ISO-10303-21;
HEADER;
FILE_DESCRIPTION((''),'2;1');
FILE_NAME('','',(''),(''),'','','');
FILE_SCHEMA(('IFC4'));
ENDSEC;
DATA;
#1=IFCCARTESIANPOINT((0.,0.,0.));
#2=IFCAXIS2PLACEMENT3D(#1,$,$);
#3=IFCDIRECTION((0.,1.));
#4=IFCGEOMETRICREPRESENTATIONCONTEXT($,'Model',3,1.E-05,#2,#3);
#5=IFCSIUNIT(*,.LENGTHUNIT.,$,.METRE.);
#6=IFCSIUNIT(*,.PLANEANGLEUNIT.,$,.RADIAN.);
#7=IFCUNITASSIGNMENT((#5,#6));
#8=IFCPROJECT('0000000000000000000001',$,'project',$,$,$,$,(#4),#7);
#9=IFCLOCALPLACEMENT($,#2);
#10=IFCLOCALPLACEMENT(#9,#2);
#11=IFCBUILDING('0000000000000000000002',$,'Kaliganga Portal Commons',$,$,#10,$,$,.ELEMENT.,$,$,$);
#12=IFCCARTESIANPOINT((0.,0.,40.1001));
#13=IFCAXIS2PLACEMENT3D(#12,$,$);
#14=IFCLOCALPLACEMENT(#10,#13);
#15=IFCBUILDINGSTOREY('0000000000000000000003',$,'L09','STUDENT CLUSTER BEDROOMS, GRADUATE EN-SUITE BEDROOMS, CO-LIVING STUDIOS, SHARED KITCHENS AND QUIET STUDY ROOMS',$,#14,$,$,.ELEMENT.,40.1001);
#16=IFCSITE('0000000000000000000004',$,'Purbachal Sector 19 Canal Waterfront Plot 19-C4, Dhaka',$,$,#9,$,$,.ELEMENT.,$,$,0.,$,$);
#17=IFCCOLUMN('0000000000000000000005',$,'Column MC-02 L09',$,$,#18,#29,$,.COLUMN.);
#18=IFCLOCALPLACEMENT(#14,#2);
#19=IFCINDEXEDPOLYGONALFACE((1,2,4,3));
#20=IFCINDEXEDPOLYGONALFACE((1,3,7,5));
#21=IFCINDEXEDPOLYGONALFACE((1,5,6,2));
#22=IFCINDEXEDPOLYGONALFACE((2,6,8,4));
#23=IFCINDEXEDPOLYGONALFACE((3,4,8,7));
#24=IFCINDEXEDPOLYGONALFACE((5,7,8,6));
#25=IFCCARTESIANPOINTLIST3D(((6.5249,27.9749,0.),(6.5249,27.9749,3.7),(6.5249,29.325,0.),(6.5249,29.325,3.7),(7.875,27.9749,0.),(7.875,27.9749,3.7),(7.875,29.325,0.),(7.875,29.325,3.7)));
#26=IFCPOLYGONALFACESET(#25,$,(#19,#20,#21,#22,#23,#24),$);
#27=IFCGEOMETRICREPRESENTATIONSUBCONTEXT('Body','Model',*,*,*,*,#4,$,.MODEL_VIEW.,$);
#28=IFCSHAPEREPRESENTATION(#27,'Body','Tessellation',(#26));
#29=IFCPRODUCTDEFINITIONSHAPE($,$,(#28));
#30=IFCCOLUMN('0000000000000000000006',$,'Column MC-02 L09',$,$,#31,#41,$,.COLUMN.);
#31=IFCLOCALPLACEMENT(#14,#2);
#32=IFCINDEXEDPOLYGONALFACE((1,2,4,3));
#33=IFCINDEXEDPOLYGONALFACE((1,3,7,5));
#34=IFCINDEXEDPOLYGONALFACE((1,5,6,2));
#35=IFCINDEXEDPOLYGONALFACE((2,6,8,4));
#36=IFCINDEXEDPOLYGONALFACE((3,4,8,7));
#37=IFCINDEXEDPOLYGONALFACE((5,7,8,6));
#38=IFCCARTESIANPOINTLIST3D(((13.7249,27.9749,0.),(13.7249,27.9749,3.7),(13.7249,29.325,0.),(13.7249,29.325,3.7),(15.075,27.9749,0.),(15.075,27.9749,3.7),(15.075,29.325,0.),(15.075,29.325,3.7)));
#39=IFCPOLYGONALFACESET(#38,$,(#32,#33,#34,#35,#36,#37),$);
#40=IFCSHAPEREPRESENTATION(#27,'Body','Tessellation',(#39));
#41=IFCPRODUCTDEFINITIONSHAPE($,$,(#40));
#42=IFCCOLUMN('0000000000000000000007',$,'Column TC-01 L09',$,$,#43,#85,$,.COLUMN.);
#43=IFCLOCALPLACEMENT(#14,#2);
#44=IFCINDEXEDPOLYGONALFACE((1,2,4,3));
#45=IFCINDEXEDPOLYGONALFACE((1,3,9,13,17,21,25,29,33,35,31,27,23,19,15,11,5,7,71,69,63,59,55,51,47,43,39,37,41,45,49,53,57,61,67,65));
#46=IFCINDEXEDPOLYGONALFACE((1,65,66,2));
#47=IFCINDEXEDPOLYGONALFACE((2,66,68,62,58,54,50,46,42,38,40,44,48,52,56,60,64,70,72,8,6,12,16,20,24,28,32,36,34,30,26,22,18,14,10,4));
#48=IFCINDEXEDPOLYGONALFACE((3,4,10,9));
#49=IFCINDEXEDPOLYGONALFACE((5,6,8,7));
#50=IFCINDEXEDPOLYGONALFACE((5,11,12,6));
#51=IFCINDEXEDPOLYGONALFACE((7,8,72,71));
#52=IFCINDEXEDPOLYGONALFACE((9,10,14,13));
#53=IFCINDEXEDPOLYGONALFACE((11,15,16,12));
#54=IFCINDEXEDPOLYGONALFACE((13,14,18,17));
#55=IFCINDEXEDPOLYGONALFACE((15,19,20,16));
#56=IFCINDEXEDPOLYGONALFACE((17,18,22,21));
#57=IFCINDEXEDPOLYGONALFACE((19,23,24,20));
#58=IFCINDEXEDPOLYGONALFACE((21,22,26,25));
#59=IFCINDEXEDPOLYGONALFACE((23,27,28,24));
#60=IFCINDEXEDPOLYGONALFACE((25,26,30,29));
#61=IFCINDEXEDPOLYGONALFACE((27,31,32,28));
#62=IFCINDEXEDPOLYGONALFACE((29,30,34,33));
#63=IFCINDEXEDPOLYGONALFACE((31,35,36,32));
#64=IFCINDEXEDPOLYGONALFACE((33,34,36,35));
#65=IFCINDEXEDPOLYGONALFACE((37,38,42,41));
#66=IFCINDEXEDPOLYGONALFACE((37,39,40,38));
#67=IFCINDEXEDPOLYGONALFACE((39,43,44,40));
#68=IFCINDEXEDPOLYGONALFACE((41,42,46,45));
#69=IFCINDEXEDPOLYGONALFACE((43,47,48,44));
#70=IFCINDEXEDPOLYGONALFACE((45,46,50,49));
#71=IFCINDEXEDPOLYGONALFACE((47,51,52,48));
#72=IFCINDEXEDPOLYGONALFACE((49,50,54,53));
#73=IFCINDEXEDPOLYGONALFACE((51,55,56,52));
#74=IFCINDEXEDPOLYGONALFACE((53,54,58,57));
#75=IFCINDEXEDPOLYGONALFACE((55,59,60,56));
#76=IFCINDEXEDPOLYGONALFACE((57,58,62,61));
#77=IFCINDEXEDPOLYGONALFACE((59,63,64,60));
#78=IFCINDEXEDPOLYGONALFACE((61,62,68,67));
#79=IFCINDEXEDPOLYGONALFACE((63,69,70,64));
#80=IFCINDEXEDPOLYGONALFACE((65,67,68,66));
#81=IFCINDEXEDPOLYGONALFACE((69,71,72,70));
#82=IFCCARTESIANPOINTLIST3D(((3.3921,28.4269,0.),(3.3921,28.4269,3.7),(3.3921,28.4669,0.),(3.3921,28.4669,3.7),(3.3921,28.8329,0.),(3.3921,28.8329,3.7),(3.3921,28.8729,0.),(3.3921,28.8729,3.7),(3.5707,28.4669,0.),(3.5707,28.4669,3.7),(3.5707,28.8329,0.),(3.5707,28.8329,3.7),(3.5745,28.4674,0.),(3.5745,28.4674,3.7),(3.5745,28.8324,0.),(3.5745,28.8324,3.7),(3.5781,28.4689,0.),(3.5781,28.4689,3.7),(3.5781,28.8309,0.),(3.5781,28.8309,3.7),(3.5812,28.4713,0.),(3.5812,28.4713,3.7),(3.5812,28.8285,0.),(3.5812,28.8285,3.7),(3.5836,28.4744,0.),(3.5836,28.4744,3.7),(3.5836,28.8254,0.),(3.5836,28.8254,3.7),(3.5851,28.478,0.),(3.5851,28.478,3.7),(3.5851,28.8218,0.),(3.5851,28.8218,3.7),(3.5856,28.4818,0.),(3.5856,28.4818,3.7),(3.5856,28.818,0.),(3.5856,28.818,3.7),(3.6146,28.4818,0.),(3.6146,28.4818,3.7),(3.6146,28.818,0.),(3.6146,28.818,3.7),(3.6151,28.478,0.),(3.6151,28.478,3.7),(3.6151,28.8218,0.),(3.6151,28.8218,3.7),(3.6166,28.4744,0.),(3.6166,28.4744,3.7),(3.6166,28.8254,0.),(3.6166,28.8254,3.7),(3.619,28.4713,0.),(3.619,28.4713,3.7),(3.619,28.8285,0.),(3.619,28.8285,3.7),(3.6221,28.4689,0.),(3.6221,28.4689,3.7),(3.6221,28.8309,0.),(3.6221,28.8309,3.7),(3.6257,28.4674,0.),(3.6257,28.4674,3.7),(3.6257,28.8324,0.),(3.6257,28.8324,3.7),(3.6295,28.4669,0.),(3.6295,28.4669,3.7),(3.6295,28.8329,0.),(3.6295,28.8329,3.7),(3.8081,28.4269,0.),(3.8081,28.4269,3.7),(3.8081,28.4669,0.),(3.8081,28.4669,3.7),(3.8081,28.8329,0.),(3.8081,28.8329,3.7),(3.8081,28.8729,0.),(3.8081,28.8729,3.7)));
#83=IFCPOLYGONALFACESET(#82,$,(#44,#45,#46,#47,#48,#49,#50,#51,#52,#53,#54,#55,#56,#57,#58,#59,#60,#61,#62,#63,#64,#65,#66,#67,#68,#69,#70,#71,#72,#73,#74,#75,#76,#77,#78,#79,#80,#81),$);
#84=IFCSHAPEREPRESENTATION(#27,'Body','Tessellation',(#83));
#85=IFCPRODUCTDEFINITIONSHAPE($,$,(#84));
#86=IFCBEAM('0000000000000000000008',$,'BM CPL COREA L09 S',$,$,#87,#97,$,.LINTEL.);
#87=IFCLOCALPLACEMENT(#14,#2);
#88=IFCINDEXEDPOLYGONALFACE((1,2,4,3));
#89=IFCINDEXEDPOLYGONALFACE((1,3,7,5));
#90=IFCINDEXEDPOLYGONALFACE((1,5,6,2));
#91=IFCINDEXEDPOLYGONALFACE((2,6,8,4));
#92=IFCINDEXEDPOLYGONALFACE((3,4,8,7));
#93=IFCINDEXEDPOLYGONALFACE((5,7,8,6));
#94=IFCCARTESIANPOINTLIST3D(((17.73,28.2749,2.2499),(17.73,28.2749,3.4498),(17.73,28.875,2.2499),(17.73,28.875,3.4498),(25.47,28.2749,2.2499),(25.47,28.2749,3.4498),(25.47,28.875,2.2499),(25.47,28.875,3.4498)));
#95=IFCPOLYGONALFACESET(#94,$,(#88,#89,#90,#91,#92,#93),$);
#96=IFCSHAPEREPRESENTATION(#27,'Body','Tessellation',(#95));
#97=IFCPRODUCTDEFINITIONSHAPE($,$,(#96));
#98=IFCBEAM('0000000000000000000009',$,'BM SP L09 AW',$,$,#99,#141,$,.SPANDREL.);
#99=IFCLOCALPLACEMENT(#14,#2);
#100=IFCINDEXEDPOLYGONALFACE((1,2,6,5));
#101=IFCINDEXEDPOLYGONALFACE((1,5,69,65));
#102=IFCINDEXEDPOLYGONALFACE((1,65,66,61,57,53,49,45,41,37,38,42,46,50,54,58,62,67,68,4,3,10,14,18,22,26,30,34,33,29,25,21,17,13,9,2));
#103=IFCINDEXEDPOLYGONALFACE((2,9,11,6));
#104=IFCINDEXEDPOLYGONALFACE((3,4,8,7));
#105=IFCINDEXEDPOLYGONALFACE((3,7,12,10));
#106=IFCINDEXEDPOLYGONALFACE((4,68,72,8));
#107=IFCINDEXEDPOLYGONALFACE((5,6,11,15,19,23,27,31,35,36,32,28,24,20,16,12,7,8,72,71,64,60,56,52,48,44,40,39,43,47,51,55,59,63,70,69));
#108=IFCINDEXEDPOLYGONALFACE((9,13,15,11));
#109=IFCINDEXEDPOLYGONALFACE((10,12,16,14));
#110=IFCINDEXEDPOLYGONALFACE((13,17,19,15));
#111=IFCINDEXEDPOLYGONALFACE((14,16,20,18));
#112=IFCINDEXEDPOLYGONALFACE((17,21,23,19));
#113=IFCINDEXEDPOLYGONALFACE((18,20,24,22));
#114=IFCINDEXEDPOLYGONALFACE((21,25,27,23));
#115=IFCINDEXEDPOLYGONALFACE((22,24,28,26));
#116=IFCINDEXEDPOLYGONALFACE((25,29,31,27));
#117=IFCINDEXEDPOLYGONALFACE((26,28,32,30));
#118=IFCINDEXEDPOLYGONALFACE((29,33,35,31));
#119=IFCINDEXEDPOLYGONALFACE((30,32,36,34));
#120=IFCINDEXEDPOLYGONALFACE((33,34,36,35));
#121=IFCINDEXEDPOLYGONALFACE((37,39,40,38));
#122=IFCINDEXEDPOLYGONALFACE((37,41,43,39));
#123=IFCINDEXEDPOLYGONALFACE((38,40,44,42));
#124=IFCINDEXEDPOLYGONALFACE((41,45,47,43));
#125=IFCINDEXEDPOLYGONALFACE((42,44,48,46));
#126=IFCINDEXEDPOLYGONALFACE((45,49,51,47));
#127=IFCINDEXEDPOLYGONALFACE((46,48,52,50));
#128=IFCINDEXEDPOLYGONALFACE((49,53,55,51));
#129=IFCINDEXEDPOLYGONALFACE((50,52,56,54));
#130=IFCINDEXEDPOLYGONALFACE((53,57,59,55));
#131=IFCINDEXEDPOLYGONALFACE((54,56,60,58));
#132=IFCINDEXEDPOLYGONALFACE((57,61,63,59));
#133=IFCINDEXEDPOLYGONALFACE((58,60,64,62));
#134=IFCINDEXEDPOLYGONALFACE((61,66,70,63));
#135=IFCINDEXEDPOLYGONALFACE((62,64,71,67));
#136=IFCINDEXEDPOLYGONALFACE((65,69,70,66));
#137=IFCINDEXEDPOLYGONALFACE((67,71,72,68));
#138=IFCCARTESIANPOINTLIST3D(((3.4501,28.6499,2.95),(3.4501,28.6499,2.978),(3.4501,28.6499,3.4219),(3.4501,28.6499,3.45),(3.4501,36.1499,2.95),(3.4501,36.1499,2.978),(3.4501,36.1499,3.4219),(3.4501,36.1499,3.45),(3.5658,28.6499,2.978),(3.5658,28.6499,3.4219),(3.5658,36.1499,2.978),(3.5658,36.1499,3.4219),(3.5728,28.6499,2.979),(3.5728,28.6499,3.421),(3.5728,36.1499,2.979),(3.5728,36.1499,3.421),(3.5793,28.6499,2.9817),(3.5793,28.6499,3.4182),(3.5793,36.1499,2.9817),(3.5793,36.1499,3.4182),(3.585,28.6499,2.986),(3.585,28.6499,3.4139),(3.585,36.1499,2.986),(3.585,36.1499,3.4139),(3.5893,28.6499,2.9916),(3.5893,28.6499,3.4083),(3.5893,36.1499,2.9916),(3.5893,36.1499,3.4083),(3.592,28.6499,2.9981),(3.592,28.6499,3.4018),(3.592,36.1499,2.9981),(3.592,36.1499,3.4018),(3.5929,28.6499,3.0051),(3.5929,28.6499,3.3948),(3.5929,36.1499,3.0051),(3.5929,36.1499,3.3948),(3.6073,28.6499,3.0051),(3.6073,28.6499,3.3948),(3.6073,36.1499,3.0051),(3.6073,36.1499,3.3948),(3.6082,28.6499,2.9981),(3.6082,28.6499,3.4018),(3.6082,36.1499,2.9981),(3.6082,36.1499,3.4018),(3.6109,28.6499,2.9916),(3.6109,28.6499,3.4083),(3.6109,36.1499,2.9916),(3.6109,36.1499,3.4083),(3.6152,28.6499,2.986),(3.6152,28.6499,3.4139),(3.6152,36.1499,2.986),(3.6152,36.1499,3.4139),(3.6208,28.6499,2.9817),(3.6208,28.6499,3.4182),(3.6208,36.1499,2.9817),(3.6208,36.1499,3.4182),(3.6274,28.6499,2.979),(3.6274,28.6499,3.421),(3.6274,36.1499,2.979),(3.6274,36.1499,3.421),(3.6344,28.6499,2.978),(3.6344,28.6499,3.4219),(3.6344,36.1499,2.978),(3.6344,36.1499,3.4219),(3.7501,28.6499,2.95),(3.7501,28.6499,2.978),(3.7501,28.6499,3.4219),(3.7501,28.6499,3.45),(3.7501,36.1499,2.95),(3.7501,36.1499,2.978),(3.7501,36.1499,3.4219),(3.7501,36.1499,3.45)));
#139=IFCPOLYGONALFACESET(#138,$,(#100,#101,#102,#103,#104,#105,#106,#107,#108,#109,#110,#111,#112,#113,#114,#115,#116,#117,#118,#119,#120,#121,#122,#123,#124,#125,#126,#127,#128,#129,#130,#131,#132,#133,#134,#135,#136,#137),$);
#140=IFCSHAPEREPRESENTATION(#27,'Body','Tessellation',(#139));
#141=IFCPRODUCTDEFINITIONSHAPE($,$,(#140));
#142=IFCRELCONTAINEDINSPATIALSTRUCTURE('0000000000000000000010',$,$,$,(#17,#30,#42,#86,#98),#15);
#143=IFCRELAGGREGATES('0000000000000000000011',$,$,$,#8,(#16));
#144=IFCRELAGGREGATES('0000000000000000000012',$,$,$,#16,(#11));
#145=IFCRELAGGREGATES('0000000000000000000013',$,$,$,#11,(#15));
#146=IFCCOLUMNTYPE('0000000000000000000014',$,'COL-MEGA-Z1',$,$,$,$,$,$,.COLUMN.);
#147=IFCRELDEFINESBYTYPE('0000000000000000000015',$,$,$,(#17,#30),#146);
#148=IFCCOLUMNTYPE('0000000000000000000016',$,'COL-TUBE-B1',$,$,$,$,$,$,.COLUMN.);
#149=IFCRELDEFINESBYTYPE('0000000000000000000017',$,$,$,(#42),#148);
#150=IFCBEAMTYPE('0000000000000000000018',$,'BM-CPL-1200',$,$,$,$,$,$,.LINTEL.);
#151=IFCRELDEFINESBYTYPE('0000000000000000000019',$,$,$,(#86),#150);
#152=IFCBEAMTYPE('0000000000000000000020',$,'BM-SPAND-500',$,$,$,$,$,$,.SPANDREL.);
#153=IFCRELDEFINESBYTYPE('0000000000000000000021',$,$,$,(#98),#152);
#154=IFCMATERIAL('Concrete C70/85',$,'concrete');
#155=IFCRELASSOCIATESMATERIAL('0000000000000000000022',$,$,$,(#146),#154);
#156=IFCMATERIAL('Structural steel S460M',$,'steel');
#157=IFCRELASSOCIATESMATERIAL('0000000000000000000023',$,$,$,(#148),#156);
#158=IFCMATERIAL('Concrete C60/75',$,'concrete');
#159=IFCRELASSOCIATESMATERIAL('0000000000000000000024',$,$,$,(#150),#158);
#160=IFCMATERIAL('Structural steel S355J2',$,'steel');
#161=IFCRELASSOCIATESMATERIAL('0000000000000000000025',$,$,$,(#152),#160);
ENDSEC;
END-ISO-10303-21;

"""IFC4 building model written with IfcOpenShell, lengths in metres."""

from ifc_helpers import new_model, si_unit, direction, frame, origin, origin_2d, place, context, subcontext, project, spatial, rectangle, i_section, extrude, source, transform, mapped, material, material_profile, profile_set, type_object, element, save


model = new_model("IFC4")

# Units and contexts
model_context = context("Model", 3, precision=1e-05, world=origin(), true_north=direction((0.0, 1.0)))
body_context = subcontext(model_context, "Body", "Model", "MODEL_VIEW")
ifc_project = project(units=[si_unit("LENGTHUNIT", "METRE"), si_unit("PLANEANGLEUNIT", "RADIAN")], contexts=[model_context])

# Site, building, storey
site_placement = place(None, origin())
site = spatial("IfcSite", under=ifc_project, at=site_placement, Name="Purbachal Sector 19 Canal Waterfront Plot 19-C4, Dhaka", CompositionType="ELEMENT", RefElevation=0.0)
building_placement = place(site_placement, origin())
building = spatial("IfcBuilding", under=site, at=building_placement, Name="Kaliganga Portal Commons", CompositionType="ELEMENT")
storey_placement = place(building_placement, frame((0.0, 0.0, 40.1001)))
storey = spatial("IfcBuildingStorey", under=building, at=storey_placement, Name="L09", Description="STUDENT CLUSTER BEDROOMS, GRADUATE EN-SUITE BEDROOMS, CO-LIVING STUDIOS, SHARED KITCHENS AND QUIET STUDY ROOMS", CompositionType="ELEMENT", Elevation=40.1001)

# Columns
ifc_material_1 = material(Name="Concrete C70/85", Category="concrete")
ifc_material_profile_1 = material_profile(ifc_material_1, rectangle(XDim=1.3501, YDim=1.3501, at=origin_2d()), Name="RC 1350x1350")
ifc_profile_set_1 = profile_set([ifc_material_profile_1], Name="Concrete C70/85")
column_type_1 = type_object("IfcColumnType", Name="COL-MEGA-Z1", PredefinedType="COLUMN", material=ifc_profile_set_1)
shared_shape_1 = source(origin(), body_context, "Body", "SweptSolid", [
    extrude(rectangle(XDim=1.3501, YDim=1.3501, at=origin_2d()), origin(), (0.0, 0.0, 1.0), 3.7),
])
for number, where, z_axis, x_axis, name in (
    (1, (7.2, 28.6499, 0.0), (0.0, 0.0, 1.0), (1.0, 0.0, 0.0), "Column MC-02 L09"),
    (2, (14.3999, 28.6499, 0.0), (0.0, 0.0, 1.0), (1.0, 0.0, 0.0), "Column MC-02 L09"),
):
    element("IfcColumn", number, at=place(storey_placement, frame(where, z_axis=z_axis, x_axis=x_axis)), inside=storey, type_object=column_type_1, Name=name, PredefinedType="COLUMN", context=body_context, shape_type="MappedRepresentation", body=[
        mapped(shared_shape_1, transform((0.0, 0.0, 0.0), x_axis=(1.0, 0.0, 0.0), y_axis=(0.0, 1.0, 0.0), z_axis=(0.0, 0.0, 1.0), scale=1.0)),
    ])
ifc_material_2 = material(Name="Structural steel S460M", Category="steel")
ifc_material_profile_2 = material_profile(ifc_material_2, i_section(OverallWidth=0.416, OverallDepth=0.446, WebThickness=0.0291, FlangeThickness=0.04, FilletRadius=0.0149, at=origin_2d()), Name="HD 400x509")
ifc_profile_set_2 = profile_set([ifc_material_profile_2], Name="Structural steel S460M wide-flange")
column_type_2 = type_object("IfcColumnType", Name="COL-TUBE-B1", PredefinedType="COLUMN", material=ifc_profile_set_2)
shared_shape_2 = source(origin(), body_context, "Body", "SweptSolid", [
    extrude(i_section(OverallWidth=0.416, OverallDepth=0.446, WebThickness=0.0291, FlangeThickness=0.04, FilletRadius=0.0149, at=origin_2d()), origin(), (0.0, 0.0, 1.0), 3.7),
])
column_placement = place(storey_placement, frame((3.6001, 28.6499, 0.0), z_axis=(0.0, 0.0, 1.0), x_axis=(1.0, 0.0, 0.0)))
element("IfcColumn", 3, at=column_placement, inside=storey, type_object=column_type_2, Name="Column TC-01 L09", PredefinedType="COLUMN", context=body_context, shape_type="MappedRepresentation", body=[
    mapped(shared_shape_2, transform((0.0, 0.0, 0.0), x_axis=(1.0, 0.0, 0.0), y_axis=(0.0, 1.0, 0.0), z_axis=(0.0, 0.0, 1.0), scale=1.0)),
])

# Beams
ifc_material_3 = material(Name="Concrete C60/75", Category="concrete")
ifc_material_profile_3 = material_profile(ifc_material_3, rectangle(XDim=0.6001, YDim=1.2, at=origin_2d()), Name="RC 600x1200")
ifc_profile_set_3 = profile_set([ifc_material_profile_3], Name="Concrete C60/75")
beam_type_1 = type_object("IfcBeamType", Name="BM-CPL-1200", PredefinedType="LINTEL", material=ifc_profile_set_3)
shared_shape_3 = source(origin(), body_context, "Body", "SweptSolid", [
    extrude(rectangle(XDim=0.6001, YDim=1.2, at=origin_2d()), origin(), (0.0, 0.0, 1.0), 7.74),
])
beam_1_placement = place(storey_placement, frame((17.73, 28.575, 2.8499), z_axis=(1.0, 0.0, 0.0), x_axis=(0.0, 1.0, 0.0)))
element("IfcBeam", 4, at=beam_1_placement, inside=storey, type_object=beam_type_1, Name="BM CPL COREA L09 S", PredefinedType="LINTEL", context=body_context, shape_type="MappedRepresentation", body=[
    mapped(shared_shape_3, transform((0.0, 0.0, 0.0), x_axis=(1.0, 0.0, 0.0), y_axis=(0.0, 1.0, 0.0), z_axis=(0.0, 0.0, 1.0), scale=1.0)),
])
ifc_material_4 = material(Name="Structural steel S355J2", Category="steel")
ifc_material_profile_4 = material_profile(ifc_material_4, i_section(OverallWidth=0.3, OverallDepth=0.5, WebThickness=0.0144, FlangeThickness=0.0281, FilletRadius=0.0271, at=origin_2d()), Name="HE 500 B")
ifc_profile_set_4 = profile_set([ifc_material_profile_4], Name="Structural steel S355J2 wide-flange")
beam_type_2 = type_object("IfcBeamType", Name="BM-SPAND-500", PredefinedType="SPANDREL", material=ifc_profile_set_4)
shared_shape_4 = source(origin(), body_context, "Body", "SweptSolid", [
    extrude(i_section(OverallWidth=0.3, OverallDepth=0.5, WebThickness=0.0144, FlangeThickness=0.0281, FilletRadius=0.0271, at=origin_2d()), origin(), (0.0, 0.0, 1.0), 7.5),
])
beam_2_placement = place(storey_placement, frame((3.6001, 28.6499, 3.2), z_axis=(0.0, 1.0, 0.0), x_axis=(-1.0, 0.0, 0.0)))
element("IfcBeam", 5, at=beam_2_placement, inside=storey, type_object=beam_type_2, Name="BM SP L09 AW", PredefinedType="SPANDREL", context=body_context, shape_type="MappedRepresentation", body=[
    mapped(shared_shape_4, transform((0.0, 0.0, 0.0), x_axis=(1.0, 0.0, 0.0), y_axis=(0.0, 1.0, 0.0), z_axis=(0.0, 0.0, 1.0), scale=1.0)),
])

save(model, "model.ifc")
